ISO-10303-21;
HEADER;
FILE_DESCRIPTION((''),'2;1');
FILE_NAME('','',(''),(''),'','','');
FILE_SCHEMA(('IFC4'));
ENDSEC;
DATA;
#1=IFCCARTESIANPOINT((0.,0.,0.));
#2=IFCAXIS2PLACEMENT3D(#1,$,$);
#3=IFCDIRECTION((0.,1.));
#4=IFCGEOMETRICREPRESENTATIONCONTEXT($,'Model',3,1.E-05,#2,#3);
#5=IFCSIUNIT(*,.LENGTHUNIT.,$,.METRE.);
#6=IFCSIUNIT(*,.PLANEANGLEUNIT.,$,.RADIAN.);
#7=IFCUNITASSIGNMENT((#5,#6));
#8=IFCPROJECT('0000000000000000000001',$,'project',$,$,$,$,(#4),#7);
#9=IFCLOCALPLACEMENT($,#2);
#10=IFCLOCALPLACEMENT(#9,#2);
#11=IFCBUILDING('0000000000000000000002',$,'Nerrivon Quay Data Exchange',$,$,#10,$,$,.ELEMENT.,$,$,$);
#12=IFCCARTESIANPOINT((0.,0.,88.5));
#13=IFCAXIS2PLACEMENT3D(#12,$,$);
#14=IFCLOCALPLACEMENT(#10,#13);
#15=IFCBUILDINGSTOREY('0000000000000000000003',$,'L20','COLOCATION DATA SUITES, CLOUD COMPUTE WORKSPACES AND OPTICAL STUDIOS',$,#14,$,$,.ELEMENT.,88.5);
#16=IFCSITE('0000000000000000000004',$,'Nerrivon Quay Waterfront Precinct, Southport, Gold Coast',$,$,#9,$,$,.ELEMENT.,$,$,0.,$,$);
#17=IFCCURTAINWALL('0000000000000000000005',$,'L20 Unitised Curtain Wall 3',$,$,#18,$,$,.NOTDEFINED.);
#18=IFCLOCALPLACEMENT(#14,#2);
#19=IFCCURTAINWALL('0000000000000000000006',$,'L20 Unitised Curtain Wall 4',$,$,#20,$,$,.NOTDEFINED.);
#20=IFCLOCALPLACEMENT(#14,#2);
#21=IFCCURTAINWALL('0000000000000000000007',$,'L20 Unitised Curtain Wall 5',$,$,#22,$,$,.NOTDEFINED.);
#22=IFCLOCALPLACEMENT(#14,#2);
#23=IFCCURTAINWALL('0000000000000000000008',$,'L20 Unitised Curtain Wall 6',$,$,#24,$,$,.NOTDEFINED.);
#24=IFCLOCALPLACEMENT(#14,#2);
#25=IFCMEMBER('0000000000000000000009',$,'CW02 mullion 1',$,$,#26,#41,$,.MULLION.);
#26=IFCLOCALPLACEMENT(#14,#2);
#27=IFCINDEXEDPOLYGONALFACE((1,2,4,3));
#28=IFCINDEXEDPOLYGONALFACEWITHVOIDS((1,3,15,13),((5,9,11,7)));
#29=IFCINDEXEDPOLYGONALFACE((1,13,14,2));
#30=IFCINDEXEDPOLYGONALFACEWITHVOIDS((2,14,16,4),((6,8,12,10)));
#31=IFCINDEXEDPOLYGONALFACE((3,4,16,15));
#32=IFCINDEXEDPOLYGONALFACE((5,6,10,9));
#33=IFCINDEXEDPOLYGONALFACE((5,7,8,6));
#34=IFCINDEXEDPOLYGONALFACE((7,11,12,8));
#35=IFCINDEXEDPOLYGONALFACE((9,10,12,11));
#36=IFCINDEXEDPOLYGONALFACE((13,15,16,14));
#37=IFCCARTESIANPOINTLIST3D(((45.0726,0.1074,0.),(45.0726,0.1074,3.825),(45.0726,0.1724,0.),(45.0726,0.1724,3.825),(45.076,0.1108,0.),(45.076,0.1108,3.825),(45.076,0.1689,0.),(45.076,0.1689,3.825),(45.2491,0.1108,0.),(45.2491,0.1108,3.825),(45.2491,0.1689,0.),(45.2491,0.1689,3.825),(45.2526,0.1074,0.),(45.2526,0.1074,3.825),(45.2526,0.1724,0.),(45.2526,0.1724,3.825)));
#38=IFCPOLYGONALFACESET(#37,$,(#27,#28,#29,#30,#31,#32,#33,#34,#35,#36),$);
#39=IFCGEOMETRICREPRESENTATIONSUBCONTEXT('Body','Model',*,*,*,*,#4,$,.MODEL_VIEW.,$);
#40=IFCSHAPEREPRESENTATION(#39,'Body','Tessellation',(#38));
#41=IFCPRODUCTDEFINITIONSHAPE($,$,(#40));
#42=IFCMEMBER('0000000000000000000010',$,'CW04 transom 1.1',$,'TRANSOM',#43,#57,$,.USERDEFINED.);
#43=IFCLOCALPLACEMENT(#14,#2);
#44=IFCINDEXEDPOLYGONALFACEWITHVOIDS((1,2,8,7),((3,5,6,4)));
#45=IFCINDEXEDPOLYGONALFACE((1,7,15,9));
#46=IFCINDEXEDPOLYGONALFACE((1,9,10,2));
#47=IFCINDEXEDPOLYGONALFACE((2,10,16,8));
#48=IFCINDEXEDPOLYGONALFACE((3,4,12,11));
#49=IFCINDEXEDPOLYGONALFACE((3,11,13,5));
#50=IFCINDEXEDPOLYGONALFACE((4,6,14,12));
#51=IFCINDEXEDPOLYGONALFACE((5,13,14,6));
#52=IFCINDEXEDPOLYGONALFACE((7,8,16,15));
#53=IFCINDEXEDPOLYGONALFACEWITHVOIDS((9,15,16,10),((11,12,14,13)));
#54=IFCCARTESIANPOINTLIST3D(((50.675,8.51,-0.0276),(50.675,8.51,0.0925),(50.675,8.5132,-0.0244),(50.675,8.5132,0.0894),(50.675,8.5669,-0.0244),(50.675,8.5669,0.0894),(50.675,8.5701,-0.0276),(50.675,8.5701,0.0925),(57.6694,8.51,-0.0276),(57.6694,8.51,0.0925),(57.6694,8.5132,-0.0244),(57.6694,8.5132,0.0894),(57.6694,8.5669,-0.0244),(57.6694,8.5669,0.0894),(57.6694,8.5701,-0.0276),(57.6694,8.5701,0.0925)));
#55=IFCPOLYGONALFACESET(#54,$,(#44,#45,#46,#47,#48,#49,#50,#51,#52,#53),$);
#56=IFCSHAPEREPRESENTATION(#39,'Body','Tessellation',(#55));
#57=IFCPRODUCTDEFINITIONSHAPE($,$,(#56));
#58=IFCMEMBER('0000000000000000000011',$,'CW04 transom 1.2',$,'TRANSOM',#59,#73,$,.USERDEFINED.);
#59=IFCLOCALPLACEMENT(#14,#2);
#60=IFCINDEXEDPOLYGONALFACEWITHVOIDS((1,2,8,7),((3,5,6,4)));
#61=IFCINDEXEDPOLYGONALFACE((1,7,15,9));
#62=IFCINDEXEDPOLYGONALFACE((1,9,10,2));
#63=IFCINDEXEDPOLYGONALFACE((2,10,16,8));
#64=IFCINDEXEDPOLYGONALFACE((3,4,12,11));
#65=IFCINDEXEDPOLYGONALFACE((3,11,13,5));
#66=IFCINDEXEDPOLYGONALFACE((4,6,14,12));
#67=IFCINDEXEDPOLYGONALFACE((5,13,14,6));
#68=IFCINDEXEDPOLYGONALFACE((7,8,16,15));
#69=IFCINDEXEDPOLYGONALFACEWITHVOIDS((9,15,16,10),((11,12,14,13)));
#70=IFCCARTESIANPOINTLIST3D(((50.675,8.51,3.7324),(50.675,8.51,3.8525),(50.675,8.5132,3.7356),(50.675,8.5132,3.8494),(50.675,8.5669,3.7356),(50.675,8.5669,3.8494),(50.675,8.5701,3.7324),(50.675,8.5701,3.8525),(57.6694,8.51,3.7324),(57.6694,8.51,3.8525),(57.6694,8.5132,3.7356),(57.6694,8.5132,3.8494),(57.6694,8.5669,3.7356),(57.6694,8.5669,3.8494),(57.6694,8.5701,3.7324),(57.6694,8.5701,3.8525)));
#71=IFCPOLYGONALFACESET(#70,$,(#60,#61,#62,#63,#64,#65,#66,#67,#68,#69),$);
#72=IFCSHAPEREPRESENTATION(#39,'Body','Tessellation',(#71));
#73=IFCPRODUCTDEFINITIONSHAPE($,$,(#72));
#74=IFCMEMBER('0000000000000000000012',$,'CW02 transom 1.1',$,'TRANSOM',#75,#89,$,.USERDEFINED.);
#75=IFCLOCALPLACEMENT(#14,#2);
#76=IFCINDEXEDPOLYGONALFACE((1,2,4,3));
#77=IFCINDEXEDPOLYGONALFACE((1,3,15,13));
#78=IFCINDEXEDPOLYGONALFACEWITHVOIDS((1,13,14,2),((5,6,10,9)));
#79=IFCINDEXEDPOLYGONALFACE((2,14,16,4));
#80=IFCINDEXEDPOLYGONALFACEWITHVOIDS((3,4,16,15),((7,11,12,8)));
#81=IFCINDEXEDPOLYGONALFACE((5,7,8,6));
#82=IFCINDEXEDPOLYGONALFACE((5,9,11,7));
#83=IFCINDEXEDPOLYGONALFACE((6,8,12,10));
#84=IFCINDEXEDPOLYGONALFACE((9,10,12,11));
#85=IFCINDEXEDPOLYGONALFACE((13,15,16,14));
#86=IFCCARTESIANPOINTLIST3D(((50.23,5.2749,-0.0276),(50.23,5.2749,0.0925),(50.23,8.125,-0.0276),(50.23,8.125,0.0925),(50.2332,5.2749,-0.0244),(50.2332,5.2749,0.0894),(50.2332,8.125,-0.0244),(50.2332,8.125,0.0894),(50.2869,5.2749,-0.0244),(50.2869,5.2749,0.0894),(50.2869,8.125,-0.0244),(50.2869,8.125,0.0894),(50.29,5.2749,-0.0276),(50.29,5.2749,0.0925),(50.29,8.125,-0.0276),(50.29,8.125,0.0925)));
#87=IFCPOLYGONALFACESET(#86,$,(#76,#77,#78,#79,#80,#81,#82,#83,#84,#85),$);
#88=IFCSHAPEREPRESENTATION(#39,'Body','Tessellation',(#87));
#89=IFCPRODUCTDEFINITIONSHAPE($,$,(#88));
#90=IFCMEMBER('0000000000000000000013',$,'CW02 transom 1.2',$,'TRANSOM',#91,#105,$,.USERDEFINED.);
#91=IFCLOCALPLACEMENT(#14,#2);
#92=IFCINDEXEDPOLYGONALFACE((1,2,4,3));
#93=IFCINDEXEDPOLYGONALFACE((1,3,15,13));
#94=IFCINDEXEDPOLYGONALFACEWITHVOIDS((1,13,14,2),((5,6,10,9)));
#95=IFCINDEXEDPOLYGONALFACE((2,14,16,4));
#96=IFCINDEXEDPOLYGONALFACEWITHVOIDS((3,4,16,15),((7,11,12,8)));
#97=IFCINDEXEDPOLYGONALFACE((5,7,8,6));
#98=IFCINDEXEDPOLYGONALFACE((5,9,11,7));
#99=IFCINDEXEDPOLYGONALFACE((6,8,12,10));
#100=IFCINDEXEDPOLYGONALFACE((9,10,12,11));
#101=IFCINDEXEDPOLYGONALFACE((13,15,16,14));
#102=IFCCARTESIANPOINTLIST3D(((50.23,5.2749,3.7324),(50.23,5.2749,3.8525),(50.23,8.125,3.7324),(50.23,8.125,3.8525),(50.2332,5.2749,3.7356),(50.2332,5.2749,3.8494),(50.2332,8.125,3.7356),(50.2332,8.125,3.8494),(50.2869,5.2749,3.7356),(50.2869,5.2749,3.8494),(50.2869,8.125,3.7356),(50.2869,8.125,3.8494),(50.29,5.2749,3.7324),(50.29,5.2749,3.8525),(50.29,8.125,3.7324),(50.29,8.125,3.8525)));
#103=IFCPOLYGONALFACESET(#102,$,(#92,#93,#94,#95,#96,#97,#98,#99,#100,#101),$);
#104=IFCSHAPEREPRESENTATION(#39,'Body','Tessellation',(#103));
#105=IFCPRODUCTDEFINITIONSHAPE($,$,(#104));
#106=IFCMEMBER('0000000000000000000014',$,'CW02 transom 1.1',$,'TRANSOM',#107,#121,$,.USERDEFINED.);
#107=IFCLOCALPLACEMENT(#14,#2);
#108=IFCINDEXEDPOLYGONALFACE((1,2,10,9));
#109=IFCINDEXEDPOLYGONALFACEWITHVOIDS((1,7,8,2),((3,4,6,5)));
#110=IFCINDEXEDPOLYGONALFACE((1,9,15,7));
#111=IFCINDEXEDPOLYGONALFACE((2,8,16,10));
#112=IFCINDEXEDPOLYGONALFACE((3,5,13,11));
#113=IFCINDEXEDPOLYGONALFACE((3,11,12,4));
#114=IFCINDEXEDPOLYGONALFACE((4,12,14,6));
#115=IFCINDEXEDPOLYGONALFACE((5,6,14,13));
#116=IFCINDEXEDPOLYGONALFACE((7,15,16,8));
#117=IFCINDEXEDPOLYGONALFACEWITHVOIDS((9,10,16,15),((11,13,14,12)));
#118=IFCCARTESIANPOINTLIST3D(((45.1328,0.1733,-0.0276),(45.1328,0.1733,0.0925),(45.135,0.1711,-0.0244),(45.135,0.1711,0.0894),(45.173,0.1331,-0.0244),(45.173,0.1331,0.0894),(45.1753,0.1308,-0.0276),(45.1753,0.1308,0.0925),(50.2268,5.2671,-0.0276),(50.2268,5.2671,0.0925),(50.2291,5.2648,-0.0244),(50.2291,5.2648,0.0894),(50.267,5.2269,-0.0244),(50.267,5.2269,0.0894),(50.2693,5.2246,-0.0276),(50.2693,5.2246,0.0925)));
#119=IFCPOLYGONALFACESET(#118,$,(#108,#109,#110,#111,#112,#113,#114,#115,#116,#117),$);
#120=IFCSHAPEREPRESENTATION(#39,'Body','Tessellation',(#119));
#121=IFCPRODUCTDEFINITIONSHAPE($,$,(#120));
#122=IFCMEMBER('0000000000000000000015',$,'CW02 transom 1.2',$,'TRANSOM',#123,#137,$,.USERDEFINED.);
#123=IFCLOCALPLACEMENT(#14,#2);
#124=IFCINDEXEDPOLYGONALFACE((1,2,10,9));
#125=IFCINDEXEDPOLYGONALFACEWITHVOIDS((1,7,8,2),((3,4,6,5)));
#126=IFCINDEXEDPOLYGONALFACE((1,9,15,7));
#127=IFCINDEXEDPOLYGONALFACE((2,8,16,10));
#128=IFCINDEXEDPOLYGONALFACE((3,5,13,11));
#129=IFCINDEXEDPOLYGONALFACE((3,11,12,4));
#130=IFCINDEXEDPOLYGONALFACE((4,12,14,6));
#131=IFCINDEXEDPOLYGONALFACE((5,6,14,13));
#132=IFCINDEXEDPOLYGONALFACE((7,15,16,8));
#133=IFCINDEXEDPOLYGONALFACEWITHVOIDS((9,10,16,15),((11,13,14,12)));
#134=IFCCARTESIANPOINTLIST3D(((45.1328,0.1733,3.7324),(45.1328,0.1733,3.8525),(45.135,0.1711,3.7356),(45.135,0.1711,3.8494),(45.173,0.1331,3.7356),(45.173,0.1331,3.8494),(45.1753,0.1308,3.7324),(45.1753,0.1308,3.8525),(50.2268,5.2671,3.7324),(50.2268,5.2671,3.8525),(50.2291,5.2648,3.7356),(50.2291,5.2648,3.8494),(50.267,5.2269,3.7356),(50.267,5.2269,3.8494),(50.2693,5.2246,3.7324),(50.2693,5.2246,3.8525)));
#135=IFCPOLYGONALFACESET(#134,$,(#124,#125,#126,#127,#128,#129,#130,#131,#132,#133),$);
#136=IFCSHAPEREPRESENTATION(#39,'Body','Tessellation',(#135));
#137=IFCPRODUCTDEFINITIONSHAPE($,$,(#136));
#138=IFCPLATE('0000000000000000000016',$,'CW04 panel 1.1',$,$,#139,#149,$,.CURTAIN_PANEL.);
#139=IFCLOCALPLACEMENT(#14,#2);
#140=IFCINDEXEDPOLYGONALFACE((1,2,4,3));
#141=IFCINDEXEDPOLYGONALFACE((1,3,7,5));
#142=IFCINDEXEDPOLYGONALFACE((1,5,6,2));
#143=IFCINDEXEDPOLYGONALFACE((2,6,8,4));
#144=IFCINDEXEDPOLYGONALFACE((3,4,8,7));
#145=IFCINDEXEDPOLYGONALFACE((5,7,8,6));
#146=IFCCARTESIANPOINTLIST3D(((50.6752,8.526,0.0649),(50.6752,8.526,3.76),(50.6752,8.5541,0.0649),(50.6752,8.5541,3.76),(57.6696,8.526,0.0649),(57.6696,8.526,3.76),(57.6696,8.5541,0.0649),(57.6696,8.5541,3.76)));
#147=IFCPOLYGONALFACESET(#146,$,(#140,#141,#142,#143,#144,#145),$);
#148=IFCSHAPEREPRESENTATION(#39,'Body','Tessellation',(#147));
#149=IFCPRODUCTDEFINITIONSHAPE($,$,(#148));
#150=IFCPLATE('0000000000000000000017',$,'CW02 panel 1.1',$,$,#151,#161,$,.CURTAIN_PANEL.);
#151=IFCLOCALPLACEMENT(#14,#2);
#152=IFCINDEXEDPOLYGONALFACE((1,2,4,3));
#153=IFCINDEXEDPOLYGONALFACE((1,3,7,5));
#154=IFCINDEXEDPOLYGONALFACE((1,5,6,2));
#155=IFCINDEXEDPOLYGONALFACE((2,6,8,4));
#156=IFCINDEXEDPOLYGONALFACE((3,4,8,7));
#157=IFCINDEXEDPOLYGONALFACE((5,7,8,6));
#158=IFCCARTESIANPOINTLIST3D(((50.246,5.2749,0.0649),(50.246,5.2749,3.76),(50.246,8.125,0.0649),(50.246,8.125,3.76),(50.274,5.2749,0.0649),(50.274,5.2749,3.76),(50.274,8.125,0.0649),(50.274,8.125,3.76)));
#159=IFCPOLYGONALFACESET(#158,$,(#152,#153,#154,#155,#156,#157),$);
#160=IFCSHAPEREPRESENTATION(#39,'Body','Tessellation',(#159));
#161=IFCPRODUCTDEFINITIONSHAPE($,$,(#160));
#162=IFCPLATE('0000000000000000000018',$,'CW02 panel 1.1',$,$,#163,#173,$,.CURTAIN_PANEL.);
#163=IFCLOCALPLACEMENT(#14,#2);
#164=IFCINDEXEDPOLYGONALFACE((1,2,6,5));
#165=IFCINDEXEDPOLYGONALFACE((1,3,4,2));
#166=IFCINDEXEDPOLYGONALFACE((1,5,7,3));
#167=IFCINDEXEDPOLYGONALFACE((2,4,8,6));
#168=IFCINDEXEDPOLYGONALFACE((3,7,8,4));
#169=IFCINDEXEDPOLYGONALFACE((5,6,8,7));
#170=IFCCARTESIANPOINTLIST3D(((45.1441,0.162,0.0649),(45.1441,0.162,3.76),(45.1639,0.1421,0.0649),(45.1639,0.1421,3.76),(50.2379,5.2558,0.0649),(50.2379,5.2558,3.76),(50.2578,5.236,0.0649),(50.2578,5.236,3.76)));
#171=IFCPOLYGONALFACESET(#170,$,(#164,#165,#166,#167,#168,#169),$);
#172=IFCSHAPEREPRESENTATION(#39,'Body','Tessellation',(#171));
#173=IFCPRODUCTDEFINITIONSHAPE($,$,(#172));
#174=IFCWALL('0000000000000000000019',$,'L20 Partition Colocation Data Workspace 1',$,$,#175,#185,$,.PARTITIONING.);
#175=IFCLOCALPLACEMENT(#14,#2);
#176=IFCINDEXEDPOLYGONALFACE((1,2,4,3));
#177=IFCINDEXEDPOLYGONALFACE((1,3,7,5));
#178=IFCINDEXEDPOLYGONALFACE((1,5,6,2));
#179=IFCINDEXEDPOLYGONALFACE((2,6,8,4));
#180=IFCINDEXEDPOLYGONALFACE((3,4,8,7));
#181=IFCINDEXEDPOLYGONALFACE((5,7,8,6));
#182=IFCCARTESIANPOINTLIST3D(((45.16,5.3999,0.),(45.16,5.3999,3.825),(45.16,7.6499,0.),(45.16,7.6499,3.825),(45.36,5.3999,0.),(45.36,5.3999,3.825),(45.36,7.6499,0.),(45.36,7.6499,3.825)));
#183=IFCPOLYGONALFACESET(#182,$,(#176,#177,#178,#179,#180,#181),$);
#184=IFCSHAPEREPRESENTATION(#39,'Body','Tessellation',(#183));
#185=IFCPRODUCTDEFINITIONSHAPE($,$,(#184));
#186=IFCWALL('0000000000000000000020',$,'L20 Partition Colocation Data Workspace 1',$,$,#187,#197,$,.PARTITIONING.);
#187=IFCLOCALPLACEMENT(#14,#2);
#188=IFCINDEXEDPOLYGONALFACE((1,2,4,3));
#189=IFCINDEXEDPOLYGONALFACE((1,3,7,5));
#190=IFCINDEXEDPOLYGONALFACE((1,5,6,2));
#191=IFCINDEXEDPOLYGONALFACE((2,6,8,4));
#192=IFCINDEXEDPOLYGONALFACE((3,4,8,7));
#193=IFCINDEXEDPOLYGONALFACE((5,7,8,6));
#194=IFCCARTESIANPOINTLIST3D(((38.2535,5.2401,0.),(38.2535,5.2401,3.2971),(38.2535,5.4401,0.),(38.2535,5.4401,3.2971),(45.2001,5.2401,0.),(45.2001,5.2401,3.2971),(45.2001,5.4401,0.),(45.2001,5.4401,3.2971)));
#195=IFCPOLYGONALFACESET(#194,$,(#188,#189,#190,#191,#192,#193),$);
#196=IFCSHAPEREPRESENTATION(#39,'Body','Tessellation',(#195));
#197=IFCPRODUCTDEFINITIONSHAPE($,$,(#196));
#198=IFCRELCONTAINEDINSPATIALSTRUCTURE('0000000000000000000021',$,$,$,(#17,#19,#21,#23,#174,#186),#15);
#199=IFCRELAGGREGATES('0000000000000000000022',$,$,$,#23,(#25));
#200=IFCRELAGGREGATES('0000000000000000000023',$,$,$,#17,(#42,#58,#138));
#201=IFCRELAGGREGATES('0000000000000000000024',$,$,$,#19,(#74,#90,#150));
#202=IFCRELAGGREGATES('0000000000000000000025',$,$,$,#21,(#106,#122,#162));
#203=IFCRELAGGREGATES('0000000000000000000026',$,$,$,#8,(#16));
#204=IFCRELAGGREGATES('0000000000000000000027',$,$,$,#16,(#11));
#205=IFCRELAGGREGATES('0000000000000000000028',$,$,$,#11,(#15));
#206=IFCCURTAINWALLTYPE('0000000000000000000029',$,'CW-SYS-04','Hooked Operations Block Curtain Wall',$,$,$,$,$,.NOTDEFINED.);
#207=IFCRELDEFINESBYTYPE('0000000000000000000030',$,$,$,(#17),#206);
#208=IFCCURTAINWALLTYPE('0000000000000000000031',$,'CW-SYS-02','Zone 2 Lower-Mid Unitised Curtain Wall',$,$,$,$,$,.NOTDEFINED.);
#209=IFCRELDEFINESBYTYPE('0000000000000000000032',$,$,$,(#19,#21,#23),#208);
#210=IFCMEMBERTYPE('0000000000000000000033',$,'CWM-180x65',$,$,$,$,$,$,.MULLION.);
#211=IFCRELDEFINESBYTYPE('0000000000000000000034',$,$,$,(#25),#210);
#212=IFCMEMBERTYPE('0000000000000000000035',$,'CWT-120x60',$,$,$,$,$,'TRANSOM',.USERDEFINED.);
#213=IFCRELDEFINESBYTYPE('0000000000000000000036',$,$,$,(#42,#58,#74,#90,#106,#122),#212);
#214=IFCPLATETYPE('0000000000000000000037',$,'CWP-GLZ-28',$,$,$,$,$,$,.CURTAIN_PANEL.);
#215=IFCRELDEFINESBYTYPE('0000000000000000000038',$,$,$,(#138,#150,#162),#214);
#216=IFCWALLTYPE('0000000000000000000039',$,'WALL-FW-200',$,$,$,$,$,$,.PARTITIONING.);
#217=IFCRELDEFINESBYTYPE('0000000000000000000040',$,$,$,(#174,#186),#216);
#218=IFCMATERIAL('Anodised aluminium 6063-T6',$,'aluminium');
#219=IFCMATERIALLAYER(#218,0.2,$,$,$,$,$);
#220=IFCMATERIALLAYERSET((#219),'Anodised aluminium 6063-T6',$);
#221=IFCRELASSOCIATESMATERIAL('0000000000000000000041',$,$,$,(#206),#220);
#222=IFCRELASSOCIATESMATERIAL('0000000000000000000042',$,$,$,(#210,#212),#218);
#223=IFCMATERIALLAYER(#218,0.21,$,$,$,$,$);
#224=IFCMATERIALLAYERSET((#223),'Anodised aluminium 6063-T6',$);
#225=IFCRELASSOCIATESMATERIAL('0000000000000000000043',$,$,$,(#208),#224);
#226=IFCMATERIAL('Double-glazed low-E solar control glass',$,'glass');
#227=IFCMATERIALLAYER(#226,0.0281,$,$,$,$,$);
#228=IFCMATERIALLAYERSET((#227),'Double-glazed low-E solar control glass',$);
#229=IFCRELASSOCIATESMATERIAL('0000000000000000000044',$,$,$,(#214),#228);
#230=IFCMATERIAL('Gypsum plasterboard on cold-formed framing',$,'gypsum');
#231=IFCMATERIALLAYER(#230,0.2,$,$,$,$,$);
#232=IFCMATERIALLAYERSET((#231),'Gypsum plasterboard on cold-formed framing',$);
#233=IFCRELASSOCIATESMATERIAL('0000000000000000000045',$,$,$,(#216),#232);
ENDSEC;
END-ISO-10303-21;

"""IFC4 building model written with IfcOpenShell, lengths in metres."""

from ifc_helpers import new_model, si_unit, direction, frame, frame_2d, origin, origin_2d, place, context, subcontext, project, spatial, rectangle, hollow_rectangle, extrude, material, layer, layer_set, material_profile, profile_set, type_object, element, aggregate, save


model = new_model("IFC4")

# Units and contexts
model_context = context("Model", 3, precision=1e-05, world=origin(), true_north=direction((0.0, 1.0)))
body_context = subcontext(model_context, "Body", "Model", "MODEL_VIEW")
ifc_project = project(units=[si_unit("LENGTHUNIT", "METRE"), si_unit("PLANEANGLEUNIT", "RADIAN")], contexts=[model_context])

# Site, building, storey
site_placement = place(None, origin())
site = spatial("IfcSite", under=ifc_project, at=site_placement, Name="Nerrivon Quay Waterfront Precinct, Southport, Gold Coast", CompositionType="ELEMENT", RefElevation=0.0)
building_placement = place(site_placement, origin())
building = spatial("IfcBuilding", under=site, at=building_placement, Name="Nerrivon Quay Data Exchange", CompositionType="ELEMENT")
storey_placement = place(building_placement, frame((0.0, 0.0, 88.5)))
storey = spatial("IfcBuildingStorey", under=building, at=storey_placement, Name="L20", Description="COLOCATION DATA SUITES, CLOUD COMPUTE WORKSPACES AND OPTICAL STUDIOS", CompositionType="ELEMENT", Elevation=88.5)

# Curtain walls
ifc_material_1 = material(Name="Anodised aluminium 6063-T6", Category="aluminium")
ifc_layer_1 = layer(ifc_material_1, 0.2)
ifc_layer_set_1 = layer_set([ifc_layer_1], Name="Anodised aluminium 6063-T6")
curtain_wall_type_1 = type_object("IfcCurtainWallType", Name="CW-SYS-04", Description="Hooked Operations Block Curtain Wall", PredefinedType="NOTDEFINED", material=ifc_layer_set_1)
curtain_wall_1_placement = place(storey_placement, origin())
curtain_wall_1 = element("IfcCurtainWall", 1, at=curtain_wall_1_placement, inside=storey, type_object=curtain_wall_type_1, Name="L20 Unitised Curtain Wall 3", PredefinedType="NOTDEFINED")
ifc_material_profile_1 = material_profile(ifc_material_1, hollow_rectangle(XDim=0.0649, YDim=0.1799, WallThickness=0.0034, at=origin_2d()), Name="ALU-MULL-180x65")
ifc_profile_set_1 = profile_set([ifc_material_profile_1], Name="Anodised aluminium 6063-T6")
member_type_1 = type_object("IfcMemberType", Name="CWM-180x65", PredefinedType="MULLION", material=ifc_profile_set_1)
ifc_layer_2 = layer(ifc_material_1, 0.21)
ifc_layer_set_2 = layer_set([ifc_layer_2], Name="Anodised aluminium 6063-T6")
curtain_wall_type_2 = type_object("IfcCurtainWallType", Name="CW-SYS-02", Description="Zone 2 Lower-Mid Unitised Curtain Wall", PredefinedType="NOTDEFINED", material=ifc_layer_set_2)
curtain_wall_2_placement = place(storey_placement, origin())
curtain_wall_2 = element("IfcCurtainWall", 2, at=curtain_wall_2_placement, inside=storey, type_object=curtain_wall_type_2, Name="L20 Unitised Curtain Wall 4", PredefinedType="NOTDEFINED")

# Curtain walls, member
curtain_wall_3_placement = place(storey_placement, origin())
curtain_wall_3 = element("IfcCurtainWall", 3, at=curtain_wall_3_placement, inside=storey, type_object=curtain_wall_type_2, Name="L20 Unitised Curtain Wall 5", PredefinedType="NOTDEFINED")
curtain_wall_4_placement = place(storey_placement, origin())
curtain_wall_4 = element("IfcCurtainWall", 4, at=curtain_wall_4_placement, inside=storey, type_object=curtain_wall_type_2, Name="L20 Unitised Curtain Wall 6", PredefinedType="NOTDEFINED")
member_1_placement = place(storey_placement, frame((45.1626, 0.1399, 0.0), z_axis=(0.0, 0.0, 1.0), x_axis=(0.0, -1.0, 0.0)))
member_1 = element("IfcMember", 5, at=member_1_placement, type_object=member_type_1, Name="CW02 mullion 1", PredefinedType="MULLION", context=body_context, shape_type="SweptSolid", body=[
    extrude(hollow_rectangle(XDim=0.0649, YDim=0.1799, WallThickness=0.0034, at=origin_2d()), origin(), (0.0, 0.0, 1.0), 3.825),
])
aggregate(curtain_wall_4, [member_1])

# Members
ifc_material_profile_2 = material_profile(ifc_material_1, hollow_rectangle(XDim=0.0601, YDim=0.1201, WallThickness=0.0032, at=origin_2d()), Name="ALU-TRAN-120x60")
ifc_profile_set_2 = profile_set([ifc_material_profile_2], Name="Anodised aluminium 6063-T6")
member_type_2 = type_object("IfcMemberType", Name="CWT-120x60", ElementType="TRANSOM", PredefinedType="USERDEFINED", material=ifc_profile_set_2)
member_2_placement = place(storey_placement, frame((57.6694, 8.54, 0.0325), z_axis=(-1.0, 0.0, 0.0), x_axis=(0.0, -1.0, 0.0)))
member_2 = element("IfcMember", 6, at=member_2_placement, type_object=member_type_2, Name="CW04 transom 1.1", ObjectType="TRANSOM", PredefinedType="USERDEFINED", context=body_context, shape_type="SweptSolid", body=[
    extrude(hollow_rectangle(XDim=0.0601, YDim=0.1201, WallThickness=0.0032, at=origin_2d()), origin(), (0.0, 0.0, 1.0), 6.9944),
])
member_3_placement = place(storey_placement, frame((57.6694, 8.54, 3.7925), z_axis=(-1.0, 0.0, 0.0), x_axis=(0.0, -1.0, 0.0)))
member_3 = element("IfcMember", 7, at=member_3_placement, type_object=member_type_2, Name="CW04 transom 1.2", ObjectType="TRANSOM", PredefinedType="USERDEFINED", context=body_context, shape_type="SweptSolid", body=[
    extrude(hollow_rectangle(XDim=0.0601, YDim=0.1201, WallThickness=0.0032, at=origin_2d()), origin(), (0.0, 0.0, 1.0), 6.9944),
])
member_4_placement = place(storey_placement, frame((50.26, 8.125, 0.0325), z_axis=(0.0, -1.0, 0.0), x_axis=(1.0, 0.0, 0.0)))
member_4 = element("IfcMember", 8, at=member_4_placement, type_object=member_type_2, Name="CW02 transom 1.1", ObjectType="TRANSOM", PredefinedType="USERDEFINED", context=body_context, shape_type="SweptSolid", body=[
    extrude(hollow_rectangle(XDim=0.0601, YDim=0.1201, WallThickness=0.0032, at=origin_2d()), origin(), (0.0, 0.0, 1.0), 2.8501),
])
member_5_placement = place(storey_placement, frame((50.26, 8.125, 3.7925), z_axis=(0.0, -1.0, 0.0), x_axis=(1.0, 0.0, 0.0)))
member_5 = element("IfcMember", 9, at=member_5_placement, type_object=member_type_2, Name="CW02 transom 1.2", ObjectType="TRANSOM", PredefinedType="USERDEFINED", context=body_context, shape_type="SweptSolid", body=[
    extrude(hollow_rectangle(XDim=0.0601, YDim=0.1201, WallThickness=0.0032, at=origin_2d()), origin(), (0.0, 0.0, 1.0), 2.8501),
])
member_6_placement = place(storey_placement, frame((50.248, 5.2458, 0.0325), z_axis=(-0.707124, -0.70709, 0.0), x_axis=(0.70709, -0.707124, 0.0)))
member_6 = element("IfcMember", 10, at=member_6_placement, type_object=member_type_2, Name="CW02 transom 1.1", ObjectType="TRANSOM", PredefinedType="USERDEFINED", context=body_context, shape_type="SweptSolid", body=[
    extrude(hollow_rectangle(XDim=0.0601, YDim=0.1201, WallThickness=0.0032, at=origin_2d()), origin(), (0.0, 0.0, 1.0), 7.2039),
])
member_7_placement = place(storey_placement, frame((50.248, 5.2458, 3.7925), z_axis=(-0.707124, -0.70709, 0.0), x_axis=(0.70709, -0.707124, 0.0)))
member_7 = element("IfcMember", 11, at=member_7_placement, type_object=member_type_2, Name="CW02 transom 1.2", ObjectType="TRANSOM", PredefinedType="USERDEFINED", context=body_context, shape_type="SweptSolid", body=[
    extrude(hollow_rectangle(XDim=0.0601, YDim=0.1201, WallThickness=0.0032, at=origin_2d()), origin(), (0.0, 0.0, 1.0), 7.2039),
])

# Plates
ifc_material_2 = material(Name="Double-glazed low-E solar control glass", Category="glass")
ifc_layer_3 = layer(ifc_material_2, 0.0281)
ifc_layer_set_3 = layer_set([ifc_layer_3], Name="Double-glazed low-E solar control glass")
plate_type = type_object("IfcPlateType", Name="CWP-GLZ-28", PredefinedType="CURTAIN_PANEL", material=ifc_layer_set_3)
plate_1_placement = place(storey_placement, frame((54.1724, 8.54, 0.0649), z_axis=(0.0, 0.0, 1.0), x_axis=(-1.0, 0.0, 0.0)))
plate_1 = element("IfcPlate", 12, at=plate_1_placement, type_object=plate_type, Name="CW04 panel 1.1", PredefinedType="CURTAIN_PANEL", context=body_context, shape_type="SweptSolid", body=[
    extrude(rectangle(XDim=6.9944, YDim=0.0281, at=origin_2d()), origin(), (0.0, 0.0, 1.0), 3.6951),
])
aggregate(curtain_wall_1, [member_2, member_3, plate_1])
plate_2_placement = place(storey_placement, frame((50.26, 6.7, 0.0649), z_axis=(0.0, 0.0, 1.0), x_axis=(0.0, -1.0, 0.0)))
plate_2 = element("IfcPlate", 13, at=plate_2_placement, type_object=plate_type, Name="CW02 panel 1.1", PredefinedType="CURTAIN_PANEL", context=body_context, shape_type="SweptSolid", body=[
    extrude(rectangle(XDim=2.8501, YDim=0.0281, at=origin_2d()), origin(), (0.0, 0.0, 1.0), 3.6951),
])
aggregate(curtain_wall_2, [member_4, member_5, plate_2])
plate_3_placement = place(storey_placement, frame((47.7009, 2.699, 0.0649), z_axis=(0.0, 0.0, 1.0), x_axis=(-0.707107, -0.707107, 0.0)))
plate_3 = element("IfcPlate", 14, at=plate_3_placement, type_object=plate_type, Name="CW02 panel 1.1", PredefinedType="CURTAIN_PANEL", context=body_context, shape_type="SweptSolid", body=[
    extrude(rectangle(XDim=7.2039, YDim=0.0281, at=origin_2d()), origin(), (0.0, 0.0, 1.0), 3.6951),
])
aggregate(curtain_wall_3, [member_6, member_7, plate_3])

# Walls
ifc_material_3 = material(Name="Gypsum plasterboard on cold-formed framing", Category="gypsum")
ifc_layer_4 = layer(ifc_material_3, 0.2)
ifc_layer_set_4 = layer_set([ifc_layer_4], Name="Gypsum plasterboard on cold-formed framing")
wall_type = type_object("IfcWallType", Name="WALL-FW-200", PredefinedType="PARTITIONING", material=ifc_layer_set_4)
wall_1_placement = place(storey_placement, frame((45.26, 7.6499, 0.0), z_axis=(0.0, 0.0, 1.0), x_axis=(0.0, -1.0, 0.0)))
element("IfcWall", 15, at=wall_1_placement, inside=storey, type_object=wall_type, Name="L20 Partition Colocation Data Workspace 1", PredefinedType="PARTITIONING", context=body_context, shape_type="SweptSolid", body=[
    extrude(rectangle(XDim=2.25, YDim=0.2, at=frame_2d((1.125, 0.0))), origin(), (0.0, 0.0, 1.0), 3.825),
])
wall_2_placement = place(storey_placement, frame((45.2, 5.3401, 0.0), z_axis=(0.0, 0.0, 1.0), x_axis=(-1.0, 0.0, 0.0)))
element("IfcWall", 16, at=wall_2_placement, inside=storey, type_object=wall_type, Name="L20 Partition Colocation Data Workspace 1", PredefinedType="PARTITIONING", context=body_context, shape_type="SweptSolid", body=[
    extrude(rectangle(XDim=6.9465, YDim=0.2, at=frame_2d((3.4731, 0.0))), origin(), (0.0, 0.0, 1.0), 3.2971),
])

save(model, "model.ifc")
